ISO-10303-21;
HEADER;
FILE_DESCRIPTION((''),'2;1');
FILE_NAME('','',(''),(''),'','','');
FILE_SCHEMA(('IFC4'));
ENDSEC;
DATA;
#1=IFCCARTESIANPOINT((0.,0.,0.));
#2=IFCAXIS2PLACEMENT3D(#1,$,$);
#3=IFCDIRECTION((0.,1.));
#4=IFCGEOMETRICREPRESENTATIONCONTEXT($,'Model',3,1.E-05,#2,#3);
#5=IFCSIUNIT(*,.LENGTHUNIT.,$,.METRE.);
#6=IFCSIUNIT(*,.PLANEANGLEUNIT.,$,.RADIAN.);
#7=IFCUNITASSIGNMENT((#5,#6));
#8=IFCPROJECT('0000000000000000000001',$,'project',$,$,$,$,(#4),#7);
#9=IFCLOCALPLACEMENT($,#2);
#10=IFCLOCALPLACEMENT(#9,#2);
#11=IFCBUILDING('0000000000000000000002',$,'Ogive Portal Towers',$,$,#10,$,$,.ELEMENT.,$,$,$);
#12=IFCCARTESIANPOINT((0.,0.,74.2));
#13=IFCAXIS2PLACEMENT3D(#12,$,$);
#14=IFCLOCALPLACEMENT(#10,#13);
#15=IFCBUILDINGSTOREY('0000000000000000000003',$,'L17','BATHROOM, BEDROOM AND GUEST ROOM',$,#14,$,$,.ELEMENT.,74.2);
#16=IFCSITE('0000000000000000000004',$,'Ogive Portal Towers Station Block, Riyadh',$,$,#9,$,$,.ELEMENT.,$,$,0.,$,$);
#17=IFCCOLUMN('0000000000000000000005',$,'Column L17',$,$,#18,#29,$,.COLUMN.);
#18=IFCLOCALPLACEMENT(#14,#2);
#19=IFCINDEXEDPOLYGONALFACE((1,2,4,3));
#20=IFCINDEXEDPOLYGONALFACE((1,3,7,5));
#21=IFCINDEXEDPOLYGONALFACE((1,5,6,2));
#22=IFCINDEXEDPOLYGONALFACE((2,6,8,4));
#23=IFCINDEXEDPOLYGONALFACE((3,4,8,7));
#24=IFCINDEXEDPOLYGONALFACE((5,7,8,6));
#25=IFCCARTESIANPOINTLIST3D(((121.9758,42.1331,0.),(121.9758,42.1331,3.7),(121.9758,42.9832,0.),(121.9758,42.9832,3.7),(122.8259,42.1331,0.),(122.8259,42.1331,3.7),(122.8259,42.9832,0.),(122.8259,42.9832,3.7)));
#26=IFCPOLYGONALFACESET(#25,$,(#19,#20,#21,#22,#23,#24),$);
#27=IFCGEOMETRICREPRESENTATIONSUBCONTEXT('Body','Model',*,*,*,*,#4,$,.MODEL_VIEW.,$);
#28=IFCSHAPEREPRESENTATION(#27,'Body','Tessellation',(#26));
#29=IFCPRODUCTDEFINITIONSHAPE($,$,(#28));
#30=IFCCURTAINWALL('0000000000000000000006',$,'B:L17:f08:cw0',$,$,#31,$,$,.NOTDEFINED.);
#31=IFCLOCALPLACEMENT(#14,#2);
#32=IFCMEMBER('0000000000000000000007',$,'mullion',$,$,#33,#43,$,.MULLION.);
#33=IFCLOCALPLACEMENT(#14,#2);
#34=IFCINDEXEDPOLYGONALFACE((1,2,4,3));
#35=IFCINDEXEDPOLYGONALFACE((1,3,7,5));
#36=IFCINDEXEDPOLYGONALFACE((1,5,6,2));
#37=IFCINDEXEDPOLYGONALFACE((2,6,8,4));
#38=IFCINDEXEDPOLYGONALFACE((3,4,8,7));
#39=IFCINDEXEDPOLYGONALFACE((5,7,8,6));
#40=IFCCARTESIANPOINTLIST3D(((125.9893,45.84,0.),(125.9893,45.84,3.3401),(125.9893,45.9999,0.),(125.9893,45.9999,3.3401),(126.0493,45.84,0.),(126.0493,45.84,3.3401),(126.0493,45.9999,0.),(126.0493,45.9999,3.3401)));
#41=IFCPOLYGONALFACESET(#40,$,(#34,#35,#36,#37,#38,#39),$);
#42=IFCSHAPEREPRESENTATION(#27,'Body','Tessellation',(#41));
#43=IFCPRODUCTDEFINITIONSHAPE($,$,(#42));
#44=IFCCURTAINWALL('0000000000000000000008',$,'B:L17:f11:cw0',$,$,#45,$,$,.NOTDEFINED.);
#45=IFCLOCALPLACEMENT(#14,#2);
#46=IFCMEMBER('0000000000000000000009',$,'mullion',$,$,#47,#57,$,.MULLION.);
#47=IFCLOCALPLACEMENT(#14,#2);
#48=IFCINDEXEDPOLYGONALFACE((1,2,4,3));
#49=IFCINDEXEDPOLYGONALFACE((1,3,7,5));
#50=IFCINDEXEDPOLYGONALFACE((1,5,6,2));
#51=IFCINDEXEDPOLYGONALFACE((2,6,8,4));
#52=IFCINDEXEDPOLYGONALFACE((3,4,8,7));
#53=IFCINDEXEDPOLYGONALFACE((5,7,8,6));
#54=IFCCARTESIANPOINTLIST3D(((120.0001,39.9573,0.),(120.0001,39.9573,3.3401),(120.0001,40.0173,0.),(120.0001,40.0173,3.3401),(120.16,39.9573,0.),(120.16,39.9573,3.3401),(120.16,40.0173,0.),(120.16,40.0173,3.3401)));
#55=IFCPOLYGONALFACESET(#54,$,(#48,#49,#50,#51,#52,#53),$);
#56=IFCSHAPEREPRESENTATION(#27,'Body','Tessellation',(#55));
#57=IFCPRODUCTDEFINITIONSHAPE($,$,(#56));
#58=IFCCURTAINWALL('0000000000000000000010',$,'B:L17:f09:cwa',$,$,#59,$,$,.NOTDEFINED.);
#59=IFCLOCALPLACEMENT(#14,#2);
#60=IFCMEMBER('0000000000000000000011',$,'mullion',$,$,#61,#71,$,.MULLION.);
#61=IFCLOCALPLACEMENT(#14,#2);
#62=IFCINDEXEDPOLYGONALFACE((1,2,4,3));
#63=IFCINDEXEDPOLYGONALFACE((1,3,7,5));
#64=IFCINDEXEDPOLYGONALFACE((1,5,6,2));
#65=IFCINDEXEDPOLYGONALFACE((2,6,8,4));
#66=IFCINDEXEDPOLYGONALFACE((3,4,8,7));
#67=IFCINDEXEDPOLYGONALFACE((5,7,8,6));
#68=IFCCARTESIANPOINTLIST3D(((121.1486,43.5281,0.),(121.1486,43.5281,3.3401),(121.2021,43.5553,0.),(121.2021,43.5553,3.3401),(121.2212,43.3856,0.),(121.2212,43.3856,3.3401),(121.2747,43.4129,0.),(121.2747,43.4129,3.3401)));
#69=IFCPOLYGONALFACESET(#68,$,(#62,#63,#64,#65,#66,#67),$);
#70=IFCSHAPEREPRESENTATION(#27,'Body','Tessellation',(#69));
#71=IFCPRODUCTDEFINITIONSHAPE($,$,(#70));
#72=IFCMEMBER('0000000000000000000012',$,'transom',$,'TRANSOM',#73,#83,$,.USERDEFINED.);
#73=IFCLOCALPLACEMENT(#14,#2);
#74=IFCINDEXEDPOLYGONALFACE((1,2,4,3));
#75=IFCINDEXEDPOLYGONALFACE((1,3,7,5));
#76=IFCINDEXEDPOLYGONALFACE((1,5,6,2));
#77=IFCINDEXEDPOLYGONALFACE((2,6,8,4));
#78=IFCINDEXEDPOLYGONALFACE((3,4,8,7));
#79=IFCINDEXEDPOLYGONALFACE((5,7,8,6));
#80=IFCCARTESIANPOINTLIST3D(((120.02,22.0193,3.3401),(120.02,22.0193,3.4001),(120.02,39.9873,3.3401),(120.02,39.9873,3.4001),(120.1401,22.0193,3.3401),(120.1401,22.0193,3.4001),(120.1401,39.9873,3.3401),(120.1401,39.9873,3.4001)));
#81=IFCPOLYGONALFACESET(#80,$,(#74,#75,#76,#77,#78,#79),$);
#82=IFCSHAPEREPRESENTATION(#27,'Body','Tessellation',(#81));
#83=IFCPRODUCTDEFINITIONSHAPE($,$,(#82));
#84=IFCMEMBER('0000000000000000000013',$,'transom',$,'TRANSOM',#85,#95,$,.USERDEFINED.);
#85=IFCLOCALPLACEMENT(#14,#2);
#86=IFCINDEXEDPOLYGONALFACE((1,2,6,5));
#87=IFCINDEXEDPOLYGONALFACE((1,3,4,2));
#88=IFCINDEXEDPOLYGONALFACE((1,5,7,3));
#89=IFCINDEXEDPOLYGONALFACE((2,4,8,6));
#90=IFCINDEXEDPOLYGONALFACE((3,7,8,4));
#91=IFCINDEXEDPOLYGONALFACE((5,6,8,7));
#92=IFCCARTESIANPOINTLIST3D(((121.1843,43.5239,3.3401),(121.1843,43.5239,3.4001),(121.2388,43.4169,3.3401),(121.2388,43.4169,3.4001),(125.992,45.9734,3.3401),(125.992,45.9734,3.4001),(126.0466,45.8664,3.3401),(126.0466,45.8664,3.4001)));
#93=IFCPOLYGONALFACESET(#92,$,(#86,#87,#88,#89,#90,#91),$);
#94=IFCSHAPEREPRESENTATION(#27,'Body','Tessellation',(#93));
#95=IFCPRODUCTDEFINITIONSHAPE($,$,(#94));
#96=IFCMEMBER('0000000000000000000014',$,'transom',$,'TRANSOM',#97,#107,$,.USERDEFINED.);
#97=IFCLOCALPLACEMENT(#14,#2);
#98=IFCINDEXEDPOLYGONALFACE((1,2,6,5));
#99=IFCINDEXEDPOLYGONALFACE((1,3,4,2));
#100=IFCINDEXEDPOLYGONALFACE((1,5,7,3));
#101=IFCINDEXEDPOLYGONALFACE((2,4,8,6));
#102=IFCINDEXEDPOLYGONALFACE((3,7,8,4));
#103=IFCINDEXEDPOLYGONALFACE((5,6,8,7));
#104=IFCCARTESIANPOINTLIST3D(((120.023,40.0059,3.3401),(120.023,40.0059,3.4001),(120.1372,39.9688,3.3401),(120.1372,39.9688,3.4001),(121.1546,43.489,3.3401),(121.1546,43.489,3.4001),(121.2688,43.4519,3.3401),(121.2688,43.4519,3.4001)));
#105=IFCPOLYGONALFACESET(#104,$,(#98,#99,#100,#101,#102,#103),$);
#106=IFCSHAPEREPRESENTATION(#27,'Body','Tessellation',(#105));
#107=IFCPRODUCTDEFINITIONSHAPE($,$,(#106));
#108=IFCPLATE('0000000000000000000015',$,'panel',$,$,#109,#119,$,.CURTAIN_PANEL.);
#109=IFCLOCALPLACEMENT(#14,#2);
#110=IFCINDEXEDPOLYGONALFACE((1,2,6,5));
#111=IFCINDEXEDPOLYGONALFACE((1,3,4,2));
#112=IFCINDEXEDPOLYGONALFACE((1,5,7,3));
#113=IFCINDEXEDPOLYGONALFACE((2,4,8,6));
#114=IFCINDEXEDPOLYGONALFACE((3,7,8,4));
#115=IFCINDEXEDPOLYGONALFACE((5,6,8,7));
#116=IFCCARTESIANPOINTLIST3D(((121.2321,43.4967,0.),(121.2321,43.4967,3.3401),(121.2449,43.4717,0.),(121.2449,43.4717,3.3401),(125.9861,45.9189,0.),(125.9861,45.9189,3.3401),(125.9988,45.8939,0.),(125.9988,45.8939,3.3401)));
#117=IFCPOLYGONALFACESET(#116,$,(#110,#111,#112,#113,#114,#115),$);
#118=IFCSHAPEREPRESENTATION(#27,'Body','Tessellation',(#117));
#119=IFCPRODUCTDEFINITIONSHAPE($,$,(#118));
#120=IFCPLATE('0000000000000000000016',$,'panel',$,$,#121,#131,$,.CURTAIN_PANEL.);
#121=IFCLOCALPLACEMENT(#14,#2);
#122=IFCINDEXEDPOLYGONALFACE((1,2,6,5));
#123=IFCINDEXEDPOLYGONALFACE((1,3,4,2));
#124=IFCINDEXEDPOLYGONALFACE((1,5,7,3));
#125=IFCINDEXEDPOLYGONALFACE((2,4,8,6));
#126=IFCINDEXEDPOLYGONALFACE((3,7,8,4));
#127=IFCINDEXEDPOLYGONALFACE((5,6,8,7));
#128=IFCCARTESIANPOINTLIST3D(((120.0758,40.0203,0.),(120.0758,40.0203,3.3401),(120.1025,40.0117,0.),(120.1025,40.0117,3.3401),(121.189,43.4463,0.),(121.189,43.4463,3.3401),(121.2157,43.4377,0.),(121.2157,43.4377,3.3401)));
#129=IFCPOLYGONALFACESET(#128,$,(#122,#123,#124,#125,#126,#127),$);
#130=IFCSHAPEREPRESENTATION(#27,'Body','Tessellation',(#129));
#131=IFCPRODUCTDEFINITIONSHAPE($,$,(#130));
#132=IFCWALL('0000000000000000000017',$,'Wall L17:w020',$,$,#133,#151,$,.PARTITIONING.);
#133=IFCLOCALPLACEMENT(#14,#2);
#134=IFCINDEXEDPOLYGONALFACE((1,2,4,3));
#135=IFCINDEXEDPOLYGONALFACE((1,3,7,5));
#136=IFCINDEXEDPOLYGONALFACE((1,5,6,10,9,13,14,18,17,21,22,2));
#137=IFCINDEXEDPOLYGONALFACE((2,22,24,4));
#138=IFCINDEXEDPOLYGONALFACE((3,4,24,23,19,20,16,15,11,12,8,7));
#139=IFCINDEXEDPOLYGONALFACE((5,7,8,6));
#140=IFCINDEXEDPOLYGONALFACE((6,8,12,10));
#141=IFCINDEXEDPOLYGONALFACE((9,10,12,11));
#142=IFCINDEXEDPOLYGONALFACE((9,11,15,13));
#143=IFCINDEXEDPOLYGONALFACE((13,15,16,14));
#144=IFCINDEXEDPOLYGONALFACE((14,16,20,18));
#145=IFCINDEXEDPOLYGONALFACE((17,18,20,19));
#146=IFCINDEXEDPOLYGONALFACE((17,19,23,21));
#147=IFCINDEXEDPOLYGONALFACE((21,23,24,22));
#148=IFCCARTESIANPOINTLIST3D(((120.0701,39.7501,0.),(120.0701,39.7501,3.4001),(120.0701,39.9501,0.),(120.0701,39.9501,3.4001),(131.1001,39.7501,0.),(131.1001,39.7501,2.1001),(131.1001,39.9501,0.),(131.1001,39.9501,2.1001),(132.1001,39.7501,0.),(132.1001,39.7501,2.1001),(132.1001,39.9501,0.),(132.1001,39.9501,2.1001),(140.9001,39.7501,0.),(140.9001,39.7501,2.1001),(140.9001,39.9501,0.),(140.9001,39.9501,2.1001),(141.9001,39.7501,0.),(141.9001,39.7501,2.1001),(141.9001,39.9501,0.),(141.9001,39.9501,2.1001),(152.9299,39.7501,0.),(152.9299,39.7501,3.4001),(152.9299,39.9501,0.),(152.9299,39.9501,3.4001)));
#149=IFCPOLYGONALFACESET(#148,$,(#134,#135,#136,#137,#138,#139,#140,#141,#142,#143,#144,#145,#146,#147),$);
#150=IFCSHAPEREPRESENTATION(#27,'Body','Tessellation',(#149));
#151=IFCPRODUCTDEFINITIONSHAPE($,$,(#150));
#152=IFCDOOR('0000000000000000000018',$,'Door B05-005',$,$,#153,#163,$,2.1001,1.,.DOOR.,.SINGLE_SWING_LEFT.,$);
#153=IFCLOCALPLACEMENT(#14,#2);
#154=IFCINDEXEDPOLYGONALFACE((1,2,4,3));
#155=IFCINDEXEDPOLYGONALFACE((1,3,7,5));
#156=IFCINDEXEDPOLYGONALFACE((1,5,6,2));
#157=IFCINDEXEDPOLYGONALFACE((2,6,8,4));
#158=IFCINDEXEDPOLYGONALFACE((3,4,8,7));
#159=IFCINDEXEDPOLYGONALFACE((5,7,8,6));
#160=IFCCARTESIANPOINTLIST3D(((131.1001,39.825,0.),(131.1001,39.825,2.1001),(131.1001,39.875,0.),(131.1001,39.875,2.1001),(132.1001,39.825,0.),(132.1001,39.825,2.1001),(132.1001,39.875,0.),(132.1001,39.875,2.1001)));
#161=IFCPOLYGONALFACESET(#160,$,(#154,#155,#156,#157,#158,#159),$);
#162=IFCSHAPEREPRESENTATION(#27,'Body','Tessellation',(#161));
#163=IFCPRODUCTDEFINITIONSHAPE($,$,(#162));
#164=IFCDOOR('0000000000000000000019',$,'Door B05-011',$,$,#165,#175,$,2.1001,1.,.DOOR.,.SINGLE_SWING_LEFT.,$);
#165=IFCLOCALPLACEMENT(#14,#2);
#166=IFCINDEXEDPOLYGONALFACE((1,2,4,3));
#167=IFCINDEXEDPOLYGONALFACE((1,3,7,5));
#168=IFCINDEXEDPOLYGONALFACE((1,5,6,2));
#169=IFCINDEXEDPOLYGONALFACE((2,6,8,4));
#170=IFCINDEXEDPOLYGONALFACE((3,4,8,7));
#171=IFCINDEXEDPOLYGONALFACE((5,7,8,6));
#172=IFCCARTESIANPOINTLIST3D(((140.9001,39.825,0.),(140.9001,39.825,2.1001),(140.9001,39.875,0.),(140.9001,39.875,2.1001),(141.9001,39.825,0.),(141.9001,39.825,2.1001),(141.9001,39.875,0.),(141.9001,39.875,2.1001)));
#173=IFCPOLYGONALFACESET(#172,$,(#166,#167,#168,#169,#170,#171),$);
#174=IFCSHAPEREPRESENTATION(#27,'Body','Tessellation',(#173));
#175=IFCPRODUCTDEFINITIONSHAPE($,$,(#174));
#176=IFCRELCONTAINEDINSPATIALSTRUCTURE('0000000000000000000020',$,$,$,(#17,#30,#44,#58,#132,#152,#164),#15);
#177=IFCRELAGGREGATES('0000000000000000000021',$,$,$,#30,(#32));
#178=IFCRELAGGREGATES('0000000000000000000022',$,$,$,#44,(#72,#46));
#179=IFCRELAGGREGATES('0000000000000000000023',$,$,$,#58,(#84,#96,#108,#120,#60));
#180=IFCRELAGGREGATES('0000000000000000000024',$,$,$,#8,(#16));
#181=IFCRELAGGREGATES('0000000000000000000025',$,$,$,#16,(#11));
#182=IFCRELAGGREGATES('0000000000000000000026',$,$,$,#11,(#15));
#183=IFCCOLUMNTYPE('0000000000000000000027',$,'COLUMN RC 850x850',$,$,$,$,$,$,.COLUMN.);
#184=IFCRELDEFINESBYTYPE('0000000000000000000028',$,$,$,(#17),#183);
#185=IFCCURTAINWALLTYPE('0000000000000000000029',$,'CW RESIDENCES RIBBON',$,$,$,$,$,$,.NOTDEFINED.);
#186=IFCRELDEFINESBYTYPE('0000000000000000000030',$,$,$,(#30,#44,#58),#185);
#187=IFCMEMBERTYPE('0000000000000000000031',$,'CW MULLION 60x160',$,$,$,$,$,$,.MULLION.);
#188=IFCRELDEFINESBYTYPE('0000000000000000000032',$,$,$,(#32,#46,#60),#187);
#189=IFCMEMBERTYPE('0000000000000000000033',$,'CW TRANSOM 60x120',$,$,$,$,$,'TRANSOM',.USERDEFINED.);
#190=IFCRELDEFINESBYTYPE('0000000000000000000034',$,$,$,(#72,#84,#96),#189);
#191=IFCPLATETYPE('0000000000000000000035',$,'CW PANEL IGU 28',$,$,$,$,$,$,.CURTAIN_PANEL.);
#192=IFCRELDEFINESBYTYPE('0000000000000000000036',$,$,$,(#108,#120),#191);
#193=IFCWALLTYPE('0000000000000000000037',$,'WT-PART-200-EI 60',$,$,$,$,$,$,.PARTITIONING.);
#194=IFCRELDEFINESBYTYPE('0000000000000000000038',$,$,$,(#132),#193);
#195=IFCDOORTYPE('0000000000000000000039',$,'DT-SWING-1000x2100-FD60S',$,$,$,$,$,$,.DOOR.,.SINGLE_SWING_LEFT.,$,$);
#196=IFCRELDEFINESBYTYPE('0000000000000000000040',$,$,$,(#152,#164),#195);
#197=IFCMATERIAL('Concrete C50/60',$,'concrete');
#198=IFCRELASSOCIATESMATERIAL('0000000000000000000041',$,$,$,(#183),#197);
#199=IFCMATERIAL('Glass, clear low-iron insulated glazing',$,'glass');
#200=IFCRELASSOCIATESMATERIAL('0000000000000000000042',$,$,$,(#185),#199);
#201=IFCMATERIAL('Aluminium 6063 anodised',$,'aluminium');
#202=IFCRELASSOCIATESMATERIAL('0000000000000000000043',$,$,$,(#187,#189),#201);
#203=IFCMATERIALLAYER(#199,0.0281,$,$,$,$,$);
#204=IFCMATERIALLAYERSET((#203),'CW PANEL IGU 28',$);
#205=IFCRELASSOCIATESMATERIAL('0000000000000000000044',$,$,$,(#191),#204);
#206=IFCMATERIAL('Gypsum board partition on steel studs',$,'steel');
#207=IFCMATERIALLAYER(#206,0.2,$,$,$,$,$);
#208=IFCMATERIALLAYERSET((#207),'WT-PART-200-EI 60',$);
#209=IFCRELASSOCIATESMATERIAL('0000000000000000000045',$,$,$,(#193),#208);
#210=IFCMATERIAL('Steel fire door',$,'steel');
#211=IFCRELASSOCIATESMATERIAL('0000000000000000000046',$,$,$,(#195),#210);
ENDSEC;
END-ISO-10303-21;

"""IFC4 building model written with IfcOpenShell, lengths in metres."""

from ifc_helpers import new_model, si_unit, direction, frame, frame_2d, origin, origin_2d, place, context, subcontext, project, spatial, rectangle, extrude, material, layer, layer_set, material_profile, profile_set, type_object, element, fill, aggregate, save


model = new_model("IFC4")

# Units and contexts
model_context = context("Model", 3, precision=1e-05, world=origin(), true_north=direction((0.0, 1.0)))
body_context = subcontext(model_context, "Body", "Model", "MODEL_VIEW")
ifc_project = project(units=[si_unit("LENGTHUNIT", "METRE"), si_unit("PLANEANGLEUNIT", "RADIAN")], contexts=[model_context])

# Site, building, storey
site_placement = place(None, origin())
site = spatial("IfcSite", under=ifc_project, at=site_placement, Name="Ogive Portal Towers Station Block, Riyadh", CompositionType="ELEMENT", RefElevation=0.0)
building_placement = place(site_placement, origin())
building = spatial("IfcBuilding", under=site, at=building_placement, Name="Ogive Portal Towers", CompositionType="ELEMENT")
storey_placement = place(building_placement, frame((0.0, 0.0, 74.2)))
storey = spatial("IfcBuildingStorey", under=building, at=storey_placement, Name="L17", Description="BATHROOM, BEDROOM AND GUEST ROOM", CompositionType="ELEMENT", Elevation=74.2)

# Column
ifc_material_1 = material(Name="Concrete C50/60", Category="concrete")
ifc_material_profile_1 = material_profile(ifc_material_1, rectangle(XDim=0.8501, YDim=0.8501, at=origin_2d()), Name="RC 850x850")
ifc_profile_set_1 = profile_set([ifc_material_profile_1], Name="Concrete C50/60")
column_type = type_object("IfcColumnType", Name="COLUMN RC 850x850", PredefinedType="COLUMN", material=ifc_profile_set_1)
column_placement = place(storey_placement, frame((122.4009, 42.5581, 0.0), z_axis=(0.0, 0.0, 1.0), x_axis=(1.0, 0.0, 0.0)))
element("IfcColumn", 1, at=column_placement, inside=storey, type_object=column_type, Name="Column L17", PredefinedType="COLUMN", context=body_context, shape_type="SweptSolid", body=[
    extrude(rectangle(XDim=0.8501, YDim=0.8501, at=origin_2d()), origin(), (0.0, 0.0, 1.0), 3.7),
])

# Curtain walls, members
ifc_material_2 = material(Name="Glass, clear low-iron insulated glazing", Category="glass")
curtain_wall_type = type_object("IfcCurtainWallType", Name="CW RESIDENCES RIBBON", PredefinedType="NOTDEFINED", material=ifc_material_2)
curtain_wall_1_placement = place(storey_placement, origin())
curtain_wall_1 = element("IfcCurtainWall", 2, at=curtain_wall_1_placement, inside=storey, type_object=curtain_wall_type, Name="B:L17:f08:cw0", PredefinedType="NOTDEFINED")
ifc_material_3 = material(Name="Aluminium 6063 anodised", Category="aluminium")
ifc_material_profile_2 = material_profile(ifc_material_3, rectangle(XDim=0.1599, YDim=0.0601, at=origin_2d()), Name="AL 60x160")
ifc_profile_set_2 = profile_set([ifc_material_profile_2], Name="Aluminium 6063 anodised")
member_type_1 = type_object("IfcMemberType", Name="CW MULLION 60x160", PredefinedType="MULLION", material=ifc_profile_set_2)
member_1_placement = place(storey_placement, frame((126.0193, 45.9199, 0.0), z_axis=(0.0, 0.0, 1.0), x_axis=(0.0, -1.0, 0.0)))
member_1 = element("IfcMember", 3, at=member_1_placement, type_object=member_type_1, Name="mullion", PredefinedType="MULLION", context=body_context, shape_type="SweptSolid", body=[
    extrude(rectangle(XDim=0.1599, YDim=0.0601, at=origin_2d()), origin(), (0.0, 0.0, 1.0), 3.3401),
])
aggregate(curtain_wall_1, [member_1])
curtain_wall_2_placement = place(storey_placement, origin())
curtain_wall_2 = element("IfcCurtainWall", 4, at=curtain_wall_2_placement, inside=storey, type_object=curtain_wall_type, Name="B:L17:f11:cw0", PredefinedType="NOTDEFINED")
member_2_placement = place(storey_placement, frame((120.0801, 39.9873, 0.0), z_axis=(0.0, 0.0, 1.0), x_axis=(1.0, 0.0, 0.0)))
member_2 = element("IfcMember", 5, at=member_2_placement, type_object=member_type_1, Name="mullion", PredefinedType="MULLION", context=body_context, shape_type="SweptSolid", body=[
    extrude(rectangle(XDim=0.1599, YDim=0.0601, at=origin_2d()), origin(), (0.0, 0.0, 1.0), 3.3401),
])
curtain_wall_3_placement = place(storey_placement, origin())
curtain_wall_3 = element("IfcCurtainWall", 6, at=curtain_wall_3_placement, inside=storey, type_object=curtain_wall_type, Name="B:L17:f09:cwa", PredefinedType="NOTDEFINED")
member_3_placement = place(storey_placement, frame((121.2117, 43.4705, 0.0), z_axis=(0.0, 0.0, 1.0), x_axis=(0.45399, -0.891007, 0.0)))
member_3 = element("IfcMember", 7, at=member_3_placement, type_object=member_type_1, Name="mullion", PredefinedType="MULLION", context=body_context, shape_type="SweptSolid", body=[
    extrude(rectangle(XDim=0.1599, YDim=0.0601, at=origin_2d()), origin(), (0.0, 0.0, 1.0), 3.3401),
])

# Members
ifc_material_profile_3 = material_profile(ifc_material_3, rectangle(XDim=0.1201, YDim=0.0601, at=origin_2d()), Name="AL 120x60")
ifc_profile_set_3 = profile_set([ifc_material_profile_3], Name="Aluminium 6063 anodised")
member_type_2 = type_object("IfcMemberType", Name="CW TRANSOM 60x120", ElementType="TRANSOM", PredefinedType="USERDEFINED", material=ifc_profile_set_3)
member_4_placement = place(storey_placement, frame((120.0801, 39.9873, 3.3701), z_axis=(0.0, -1.0, 0.0), x_axis=(1.0, 0.0, 0.0)))
member_4 = element("IfcMember", 8, at=member_4_placement, type_object=member_type_2, Name="transom", ObjectType="TRANSOM", PredefinedType="USERDEFINED", context=body_context, shape_type="SweptSolid", body=[
    extrude(rectangle(XDim=0.1201, YDim=0.0601, at=origin_2d()), origin(), (0.0, 0.0, 1.0), 17.968),
])
aggregate(curtain_wall_2, [member_4, member_2])
member_5_placement = place(storey_placement, frame((126.0193, 45.9199, 3.3701), z_axis=(-0.891017, -0.45397, 0.0), x_axis=(0.45397, -0.891017, 0.0)))
member_5 = element("IfcMember", 9, at=member_5_placement, type_object=member_type_2, Name="transom", ObjectType="TRANSOM", PredefinedType="USERDEFINED", context=body_context, shape_type="SweptSolid", body=[
    extrude(rectangle(XDim=0.1201, YDim=0.0601, at=origin_2d()), origin(), (0.0, 0.0, 1.0), 5.3958),
])
member_6_placement = place(storey_placement, frame((121.2117, 43.4705, 3.3701), z_axis=(-0.308979, -0.951069, 0.0), x_axis=(0.951069, -0.308979, 0.0)))
member_6 = element("IfcMember", 10, at=member_6_placement, type_object=member_type_2, Name="transom", ObjectType="TRANSOM", PredefinedType="USERDEFINED", context=body_context, shape_type="SweptSolid", body=[
    extrude(rectangle(XDim=0.1201, YDim=0.0601, at=origin_2d()), origin(), (0.0, 0.0, 1.0), 3.6624),
])

# Plates
ifc_layer_1 = layer(ifc_material_2, 0.0281)
ifc_layer_set_1 = layer_set([ifc_layer_1], Name="CW PANEL IGU 28")
plate_type = type_object("IfcPlateType", Name="CW PANEL IGU 28", PredefinedType="CURTAIN_PANEL", material=ifc_layer_set_1)
plate_1_placement = place(storey_placement, frame((123.6155, 44.6953, 0.0), z_axis=(0.0, 0.0, 1.0), x_axis=(-0.891007, -0.45399, 0.0)))
plate_1 = element("IfcPlate", 11, at=plate_1_placement, type_object=plate_type, Name="panel", PredefinedType="CURTAIN_PANEL", context=body_context, shape_type="SweptSolid", body=[
    extrude(rectangle(XDim=5.3354, YDim=0.0281, at=origin_2d()), origin(), (0.0, 0.0, 1.0), 3.3401),
])
plate_2_placement = place(storey_placement, frame((120.6458, 41.729, 0.0), z_axis=(0.0, 0.0, 1.0), x_axis=(-0.309017, -0.951057, 0.0)))
plate_2 = element("IfcPlate", 12, at=plate_2_placement, type_object=plate_type, Name="panel", PredefinedType="CURTAIN_PANEL", context=body_context, shape_type="SweptSolid", body=[
    extrude(rectangle(XDim=3.6023, YDim=0.0281, at=origin_2d()), origin(), (0.0, 0.0, 1.0), 3.3401),
])
aggregate(curtain_wall_3, [member_5, member_6, plate_1, plate_2, member_3])

# Wall, openings, doors
ifc_material_4 = material(Name="Gypsum board partition on steel studs", Category="steel")
ifc_layer_2 = layer(ifc_material_4, 0.2)
ifc_layer_set_2 = layer_set([ifc_layer_2], Name="WT-PART-200-EI 60")
wall_type = type_object("IfcWallType", Name="WT-PART-200-EI 60", PredefinedType="PARTITIONING", material=ifc_layer_set_2)
wall_1_placement = place(storey_placement, frame((120.0701, 39.8501, 0.0), z_axis=(0.0, 0.0, 1.0), x_axis=(1.0, 0.0, 0.0)))
wall_1 = element("IfcWall", 13, at=wall_1_placement, inside=storey, type_object=wall_type, Name="Wall L17:w020", PredefinedType="PARTITIONING", context=body_context, shape_type="SweptSolid", body=[
    extrude(rectangle(XDim=32.8599, YDim=0.2, at=frame_2d((16.4299, 0.0))), origin(), (0.0, 0.0, 1.0), 3.4001),
])
opening_1_placement = place(wall_1_placement, frame((11.03, 0.0, 0.0)))
opening_1 = element("IfcOpeningElement", 14, at=opening_1_placement, cuts=wall_1, PredefinedType="OPENING", context=body_context, shape_type="SweptSolid", body=[
    extrude(rectangle(XDim=1.0, YDim=2.1001, at=frame_2d((0.5, 1.05))), frame((0.0, 0.1099, 0.0), z_axis=(0.0, -1.0, 0.0), x_axis=(1.0, 0.0, 0.0)), (0.0, 0.0, 1.0), 0.22),
])
opening_2_placement = place(wall_1_placement, frame((20.8301, 0.0, 0.0)))
opening_2 = element("IfcOpeningElement", 15, at=opening_2_placement, cuts=wall_1, PredefinedType="OPENING", context=body_context, shape_type="SweptSolid", body=[
    extrude(rectangle(XDim=1.0, YDim=2.1001, at=frame_2d((0.5, 1.05))), frame((0.0, 0.1099, 0.0), z_axis=(0.0, -1.0, 0.0), x_axis=(1.0, 0.0, 0.0)), (0.0, 0.0, 1.0), 0.22),
])
ifc_material_5 = material(Name="Steel fire door", Category="steel")
door_type_1 = type_object("IfcDoorType", Name="DT-SWING-1000x2100-FD60S", OperationType="SINGLE_SWING_LEFT", PredefinedType="DOOR", material=ifc_material_5)
door_1_placement = place(opening_1_placement, origin())
door_1 = element("IfcDoor", 16, at=door_1_placement, inside=storey, type_object=door_type_1, Name="Door B05-005", OperationType="SINGLE_SWING_LEFT", OverallHeight=2.1001, OverallWidth=1.0, PredefinedType="DOOR", context=body_context, shape_type="SweptSolid", body=[
    extrude(rectangle(XDim=1.0, YDim=2.1001, at=frame_2d((0.5, 1.05))), frame((0.0, 0.0249, 0.0), z_axis=(0.0, -1.0, 0.0), x_axis=(1.0, 0.0, 0.0)), (0.0, 0.0, 1.0), 0.05),
])
fill(opening_1, door_1)
door_2_placement = place(opening_2_placement, origin())
door_2 = element("IfcDoor", 17, at=door_2_placement, inside=storey, type_object=door_type_1, Name="Door B05-011", OperationType="SINGLE_SWING_LEFT", OverallHeight=2.1001, OverallWidth=1.0, PredefinedType="DOOR", context=body_context, shape_type="SweptSolid", body=[
    extrude(rectangle(XDim=1.0, YDim=2.1001, at=frame_2d((0.5, 1.05))), frame((0.0, 0.0249, 0.0), z_axis=(0.0, -1.0, 0.0), x_axis=(1.0, 0.0, 0.0)), (0.0, 0.0, 1.0), 0.05),
])
fill(opening_2, door_2)

save(model, "model.ifc")
